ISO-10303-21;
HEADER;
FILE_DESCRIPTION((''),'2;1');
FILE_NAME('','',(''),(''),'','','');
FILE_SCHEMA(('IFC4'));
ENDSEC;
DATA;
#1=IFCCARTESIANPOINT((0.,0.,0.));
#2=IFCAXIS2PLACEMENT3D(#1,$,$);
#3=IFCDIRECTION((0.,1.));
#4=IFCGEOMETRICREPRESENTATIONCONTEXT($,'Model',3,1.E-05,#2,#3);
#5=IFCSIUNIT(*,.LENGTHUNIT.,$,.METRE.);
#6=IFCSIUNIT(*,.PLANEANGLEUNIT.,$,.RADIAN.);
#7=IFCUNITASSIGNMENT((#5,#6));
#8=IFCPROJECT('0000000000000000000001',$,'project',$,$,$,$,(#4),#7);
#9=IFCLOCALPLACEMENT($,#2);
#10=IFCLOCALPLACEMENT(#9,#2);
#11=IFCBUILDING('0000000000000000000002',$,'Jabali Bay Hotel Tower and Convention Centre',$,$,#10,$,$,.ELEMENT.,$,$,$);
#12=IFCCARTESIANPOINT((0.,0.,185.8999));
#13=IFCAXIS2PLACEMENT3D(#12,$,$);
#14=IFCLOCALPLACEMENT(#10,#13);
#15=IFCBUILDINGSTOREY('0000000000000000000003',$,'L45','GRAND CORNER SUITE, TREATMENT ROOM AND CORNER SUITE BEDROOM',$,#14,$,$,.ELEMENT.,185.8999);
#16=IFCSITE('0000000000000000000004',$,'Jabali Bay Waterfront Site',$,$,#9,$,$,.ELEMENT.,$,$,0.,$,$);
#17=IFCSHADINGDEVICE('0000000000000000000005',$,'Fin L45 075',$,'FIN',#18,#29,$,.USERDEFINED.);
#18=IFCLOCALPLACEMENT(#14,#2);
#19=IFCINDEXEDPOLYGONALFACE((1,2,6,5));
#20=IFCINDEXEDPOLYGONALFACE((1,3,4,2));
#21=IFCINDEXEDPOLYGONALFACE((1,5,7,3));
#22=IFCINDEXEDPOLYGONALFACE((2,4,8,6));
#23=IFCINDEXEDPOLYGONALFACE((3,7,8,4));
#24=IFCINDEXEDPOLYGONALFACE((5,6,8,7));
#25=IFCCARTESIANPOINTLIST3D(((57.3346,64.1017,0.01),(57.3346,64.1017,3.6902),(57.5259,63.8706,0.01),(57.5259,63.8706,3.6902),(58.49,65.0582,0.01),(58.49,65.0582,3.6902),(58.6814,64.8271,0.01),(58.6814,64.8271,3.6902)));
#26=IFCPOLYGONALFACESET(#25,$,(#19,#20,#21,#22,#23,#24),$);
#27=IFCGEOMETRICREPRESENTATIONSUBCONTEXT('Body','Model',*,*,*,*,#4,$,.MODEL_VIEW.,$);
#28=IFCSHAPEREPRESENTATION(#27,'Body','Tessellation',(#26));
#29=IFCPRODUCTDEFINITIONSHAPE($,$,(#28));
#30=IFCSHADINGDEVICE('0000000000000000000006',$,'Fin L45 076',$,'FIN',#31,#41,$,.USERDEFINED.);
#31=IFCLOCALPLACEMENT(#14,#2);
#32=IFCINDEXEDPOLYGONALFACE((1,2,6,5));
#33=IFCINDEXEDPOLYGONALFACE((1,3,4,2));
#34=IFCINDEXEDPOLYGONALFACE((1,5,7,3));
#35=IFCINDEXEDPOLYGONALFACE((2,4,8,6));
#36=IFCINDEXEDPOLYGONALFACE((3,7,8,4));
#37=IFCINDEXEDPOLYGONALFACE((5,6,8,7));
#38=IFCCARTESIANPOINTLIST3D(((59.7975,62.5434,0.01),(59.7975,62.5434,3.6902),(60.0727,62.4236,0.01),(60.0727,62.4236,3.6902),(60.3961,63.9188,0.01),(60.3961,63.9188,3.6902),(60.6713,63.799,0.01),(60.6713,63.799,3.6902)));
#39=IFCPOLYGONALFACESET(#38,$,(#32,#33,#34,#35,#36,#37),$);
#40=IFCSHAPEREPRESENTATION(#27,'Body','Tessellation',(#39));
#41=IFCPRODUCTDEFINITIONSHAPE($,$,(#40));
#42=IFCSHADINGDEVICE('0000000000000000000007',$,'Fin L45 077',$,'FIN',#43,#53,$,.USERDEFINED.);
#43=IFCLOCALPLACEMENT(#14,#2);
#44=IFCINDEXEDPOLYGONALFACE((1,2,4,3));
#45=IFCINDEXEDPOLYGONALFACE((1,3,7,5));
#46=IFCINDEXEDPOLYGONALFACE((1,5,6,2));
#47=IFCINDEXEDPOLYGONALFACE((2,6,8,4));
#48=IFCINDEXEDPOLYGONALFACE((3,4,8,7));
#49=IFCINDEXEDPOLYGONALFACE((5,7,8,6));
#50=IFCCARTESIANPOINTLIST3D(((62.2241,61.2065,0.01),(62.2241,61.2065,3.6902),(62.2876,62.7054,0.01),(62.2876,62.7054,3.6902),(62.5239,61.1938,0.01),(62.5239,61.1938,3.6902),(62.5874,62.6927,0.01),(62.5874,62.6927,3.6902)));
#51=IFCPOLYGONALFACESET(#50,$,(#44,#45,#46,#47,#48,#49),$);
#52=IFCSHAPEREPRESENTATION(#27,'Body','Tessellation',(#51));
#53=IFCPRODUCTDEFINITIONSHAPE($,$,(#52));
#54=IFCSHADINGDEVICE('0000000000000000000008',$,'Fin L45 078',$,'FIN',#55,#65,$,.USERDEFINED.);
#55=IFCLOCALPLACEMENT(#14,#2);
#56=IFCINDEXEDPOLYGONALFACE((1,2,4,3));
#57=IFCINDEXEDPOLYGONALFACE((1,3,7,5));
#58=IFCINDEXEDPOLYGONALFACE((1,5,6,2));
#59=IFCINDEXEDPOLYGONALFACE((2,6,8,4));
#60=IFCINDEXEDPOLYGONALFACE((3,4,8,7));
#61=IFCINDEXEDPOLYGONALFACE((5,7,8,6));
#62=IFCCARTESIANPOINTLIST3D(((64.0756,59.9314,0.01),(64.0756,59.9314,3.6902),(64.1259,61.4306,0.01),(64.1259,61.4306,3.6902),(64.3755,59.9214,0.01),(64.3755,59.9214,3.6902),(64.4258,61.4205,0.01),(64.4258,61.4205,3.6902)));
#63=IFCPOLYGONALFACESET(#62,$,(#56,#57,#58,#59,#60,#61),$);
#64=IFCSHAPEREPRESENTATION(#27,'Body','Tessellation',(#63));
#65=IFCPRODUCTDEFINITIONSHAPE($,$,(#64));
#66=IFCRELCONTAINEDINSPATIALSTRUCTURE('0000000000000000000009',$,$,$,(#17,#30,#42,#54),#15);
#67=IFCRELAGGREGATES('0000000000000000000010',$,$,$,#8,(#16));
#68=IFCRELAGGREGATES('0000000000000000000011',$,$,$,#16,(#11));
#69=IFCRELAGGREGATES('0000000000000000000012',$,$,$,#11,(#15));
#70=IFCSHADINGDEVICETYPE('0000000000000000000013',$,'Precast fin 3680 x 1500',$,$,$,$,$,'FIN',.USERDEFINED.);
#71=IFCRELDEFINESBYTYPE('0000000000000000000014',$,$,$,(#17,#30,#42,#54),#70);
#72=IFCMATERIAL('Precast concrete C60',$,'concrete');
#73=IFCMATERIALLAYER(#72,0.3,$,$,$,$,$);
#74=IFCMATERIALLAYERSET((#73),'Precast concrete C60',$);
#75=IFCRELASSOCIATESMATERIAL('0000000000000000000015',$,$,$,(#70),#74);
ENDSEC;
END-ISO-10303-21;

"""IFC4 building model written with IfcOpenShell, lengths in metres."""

from ifc_helpers import new_model, si_unit, direction, frame, frame_2d, origin, place, context, subcontext, project, spatial, rectangle, extrude, material, layer, layer_set, type_object, element, save


model = new_model("IFC4")

# Units and contexts
model_context = context("Model", 3, precision=1e-05, world=origin(), true_north=direction((0.0, 1.0)))
body_context = subcontext(model_context, "Body", "Model", "MODEL_VIEW")
ifc_project = project(units=[si_unit("LENGTHUNIT", "METRE"), si_unit("PLANEANGLEUNIT", "RADIAN")], contexts=[model_context])

# Site, building, storey
site_placement = place(None, origin())
site = spatial("IfcSite", under=ifc_project, at=site_placement, Name="Jabali Bay Waterfront Site", CompositionType="ELEMENT", RefElevation=0.0)
building_placement = place(site_placement, origin())
building = spatial("IfcBuilding", under=site, at=building_placement, Name="Jabali Bay Hotel Tower and Convention Centre", CompositionType="ELEMENT")
storey_placement = place(building_placement, frame((0.0, 0.0, 185.8999)))
storey = spatial("IfcBuildingStorey", under=building, at=storey_placement, Name="L45", Description="GRAND CORNER SUITE, TREATMENT ROOM AND CORNER SUITE BEDROOM", CompositionType="ELEMENT", Elevation=185.8999)

# Shading devices
ifc_material_1 = material(Name="Precast concrete C60", Category="concrete")
ifc_layer_1 = layer(ifc_material_1, 0.3)
ifc_layer_set_1 = layer_set([ifc_layer_1], Name="Precast concrete C60")
shading_device_type_1 = type_object("IfcShadingDeviceType", Name="Precast fin 3680 x 1500", ElementType="FIN", PredefinedType="USERDEFINED", material=ifc_layer_set_1)
for number, where, z_axis, x_axis, name in (
    (1, (58.5857, 64.9426, 0.01), (0.0, 0.0, 1.0), (-0.770312, -0.637668, 0.0), "Fin L45 075"),
    (2, (60.5337, 63.8589, 0.01), (0.0, 0.0, 1.0), (-0.399059, -0.916925, 0.0), "Fin L45 076"),
):
    element("IfcShadingDevice", number, at=place(storey_placement, frame(where, z_axis=z_axis, x_axis=x_axis)), inside=storey, type_object=shading_device_type_1, Name=name, ObjectType="FIN", PredefinedType="USERDEFINED", context=body_context, shape_type="SweptSolid", body=[
        extrude(rectangle(XDim=1.5, YDim=0.3, at=frame_2d((0.75, 0.0))), origin(), (0.0, 0.0, 1.0), 3.6802),
    ])
shading_device_1_placement = place(storey_placement, frame((62.4375, 62.699, 0.01), z_axis=(0.0, 0.0, 1.0), x_axis=(-0.042314, -0.999104, 0.0)))
element("IfcShadingDevice", 3, at=shading_device_1_placement, inside=storey, type_object=shading_device_type_1, Name="Fin L45 077", ObjectType="FIN", PredefinedType="USERDEFINED", context=body_context, shape_type="SweptSolid", body=[
    extrude(rectangle(XDim=1.5002, YDim=0.3, at=frame_2d((0.75, 0.0))), origin(), (0.0, 0.0, 1.0), 3.6802),
])
shading_device_2_placement = place(storey_placement, frame((64.2759, 61.4255, 0.01), z_axis=(0.0, 0.0, 1.0), x_axis=(-0.033526, -0.999438, 0.0)))
element("IfcShadingDevice", 4, at=shading_device_2_placement, inside=storey, type_object=shading_device_type_1, Name="Fin L45 078", ObjectType="FIN", PredefinedType="USERDEFINED", context=body_context, shape_type="SweptSolid", body=[
    extrude(rectangle(XDim=1.5, YDim=0.3, at=frame_2d((0.75, 0.0))), origin(), (0.0, 0.0, 1.0), 3.6802),
])

save(model, "model.ifc")
